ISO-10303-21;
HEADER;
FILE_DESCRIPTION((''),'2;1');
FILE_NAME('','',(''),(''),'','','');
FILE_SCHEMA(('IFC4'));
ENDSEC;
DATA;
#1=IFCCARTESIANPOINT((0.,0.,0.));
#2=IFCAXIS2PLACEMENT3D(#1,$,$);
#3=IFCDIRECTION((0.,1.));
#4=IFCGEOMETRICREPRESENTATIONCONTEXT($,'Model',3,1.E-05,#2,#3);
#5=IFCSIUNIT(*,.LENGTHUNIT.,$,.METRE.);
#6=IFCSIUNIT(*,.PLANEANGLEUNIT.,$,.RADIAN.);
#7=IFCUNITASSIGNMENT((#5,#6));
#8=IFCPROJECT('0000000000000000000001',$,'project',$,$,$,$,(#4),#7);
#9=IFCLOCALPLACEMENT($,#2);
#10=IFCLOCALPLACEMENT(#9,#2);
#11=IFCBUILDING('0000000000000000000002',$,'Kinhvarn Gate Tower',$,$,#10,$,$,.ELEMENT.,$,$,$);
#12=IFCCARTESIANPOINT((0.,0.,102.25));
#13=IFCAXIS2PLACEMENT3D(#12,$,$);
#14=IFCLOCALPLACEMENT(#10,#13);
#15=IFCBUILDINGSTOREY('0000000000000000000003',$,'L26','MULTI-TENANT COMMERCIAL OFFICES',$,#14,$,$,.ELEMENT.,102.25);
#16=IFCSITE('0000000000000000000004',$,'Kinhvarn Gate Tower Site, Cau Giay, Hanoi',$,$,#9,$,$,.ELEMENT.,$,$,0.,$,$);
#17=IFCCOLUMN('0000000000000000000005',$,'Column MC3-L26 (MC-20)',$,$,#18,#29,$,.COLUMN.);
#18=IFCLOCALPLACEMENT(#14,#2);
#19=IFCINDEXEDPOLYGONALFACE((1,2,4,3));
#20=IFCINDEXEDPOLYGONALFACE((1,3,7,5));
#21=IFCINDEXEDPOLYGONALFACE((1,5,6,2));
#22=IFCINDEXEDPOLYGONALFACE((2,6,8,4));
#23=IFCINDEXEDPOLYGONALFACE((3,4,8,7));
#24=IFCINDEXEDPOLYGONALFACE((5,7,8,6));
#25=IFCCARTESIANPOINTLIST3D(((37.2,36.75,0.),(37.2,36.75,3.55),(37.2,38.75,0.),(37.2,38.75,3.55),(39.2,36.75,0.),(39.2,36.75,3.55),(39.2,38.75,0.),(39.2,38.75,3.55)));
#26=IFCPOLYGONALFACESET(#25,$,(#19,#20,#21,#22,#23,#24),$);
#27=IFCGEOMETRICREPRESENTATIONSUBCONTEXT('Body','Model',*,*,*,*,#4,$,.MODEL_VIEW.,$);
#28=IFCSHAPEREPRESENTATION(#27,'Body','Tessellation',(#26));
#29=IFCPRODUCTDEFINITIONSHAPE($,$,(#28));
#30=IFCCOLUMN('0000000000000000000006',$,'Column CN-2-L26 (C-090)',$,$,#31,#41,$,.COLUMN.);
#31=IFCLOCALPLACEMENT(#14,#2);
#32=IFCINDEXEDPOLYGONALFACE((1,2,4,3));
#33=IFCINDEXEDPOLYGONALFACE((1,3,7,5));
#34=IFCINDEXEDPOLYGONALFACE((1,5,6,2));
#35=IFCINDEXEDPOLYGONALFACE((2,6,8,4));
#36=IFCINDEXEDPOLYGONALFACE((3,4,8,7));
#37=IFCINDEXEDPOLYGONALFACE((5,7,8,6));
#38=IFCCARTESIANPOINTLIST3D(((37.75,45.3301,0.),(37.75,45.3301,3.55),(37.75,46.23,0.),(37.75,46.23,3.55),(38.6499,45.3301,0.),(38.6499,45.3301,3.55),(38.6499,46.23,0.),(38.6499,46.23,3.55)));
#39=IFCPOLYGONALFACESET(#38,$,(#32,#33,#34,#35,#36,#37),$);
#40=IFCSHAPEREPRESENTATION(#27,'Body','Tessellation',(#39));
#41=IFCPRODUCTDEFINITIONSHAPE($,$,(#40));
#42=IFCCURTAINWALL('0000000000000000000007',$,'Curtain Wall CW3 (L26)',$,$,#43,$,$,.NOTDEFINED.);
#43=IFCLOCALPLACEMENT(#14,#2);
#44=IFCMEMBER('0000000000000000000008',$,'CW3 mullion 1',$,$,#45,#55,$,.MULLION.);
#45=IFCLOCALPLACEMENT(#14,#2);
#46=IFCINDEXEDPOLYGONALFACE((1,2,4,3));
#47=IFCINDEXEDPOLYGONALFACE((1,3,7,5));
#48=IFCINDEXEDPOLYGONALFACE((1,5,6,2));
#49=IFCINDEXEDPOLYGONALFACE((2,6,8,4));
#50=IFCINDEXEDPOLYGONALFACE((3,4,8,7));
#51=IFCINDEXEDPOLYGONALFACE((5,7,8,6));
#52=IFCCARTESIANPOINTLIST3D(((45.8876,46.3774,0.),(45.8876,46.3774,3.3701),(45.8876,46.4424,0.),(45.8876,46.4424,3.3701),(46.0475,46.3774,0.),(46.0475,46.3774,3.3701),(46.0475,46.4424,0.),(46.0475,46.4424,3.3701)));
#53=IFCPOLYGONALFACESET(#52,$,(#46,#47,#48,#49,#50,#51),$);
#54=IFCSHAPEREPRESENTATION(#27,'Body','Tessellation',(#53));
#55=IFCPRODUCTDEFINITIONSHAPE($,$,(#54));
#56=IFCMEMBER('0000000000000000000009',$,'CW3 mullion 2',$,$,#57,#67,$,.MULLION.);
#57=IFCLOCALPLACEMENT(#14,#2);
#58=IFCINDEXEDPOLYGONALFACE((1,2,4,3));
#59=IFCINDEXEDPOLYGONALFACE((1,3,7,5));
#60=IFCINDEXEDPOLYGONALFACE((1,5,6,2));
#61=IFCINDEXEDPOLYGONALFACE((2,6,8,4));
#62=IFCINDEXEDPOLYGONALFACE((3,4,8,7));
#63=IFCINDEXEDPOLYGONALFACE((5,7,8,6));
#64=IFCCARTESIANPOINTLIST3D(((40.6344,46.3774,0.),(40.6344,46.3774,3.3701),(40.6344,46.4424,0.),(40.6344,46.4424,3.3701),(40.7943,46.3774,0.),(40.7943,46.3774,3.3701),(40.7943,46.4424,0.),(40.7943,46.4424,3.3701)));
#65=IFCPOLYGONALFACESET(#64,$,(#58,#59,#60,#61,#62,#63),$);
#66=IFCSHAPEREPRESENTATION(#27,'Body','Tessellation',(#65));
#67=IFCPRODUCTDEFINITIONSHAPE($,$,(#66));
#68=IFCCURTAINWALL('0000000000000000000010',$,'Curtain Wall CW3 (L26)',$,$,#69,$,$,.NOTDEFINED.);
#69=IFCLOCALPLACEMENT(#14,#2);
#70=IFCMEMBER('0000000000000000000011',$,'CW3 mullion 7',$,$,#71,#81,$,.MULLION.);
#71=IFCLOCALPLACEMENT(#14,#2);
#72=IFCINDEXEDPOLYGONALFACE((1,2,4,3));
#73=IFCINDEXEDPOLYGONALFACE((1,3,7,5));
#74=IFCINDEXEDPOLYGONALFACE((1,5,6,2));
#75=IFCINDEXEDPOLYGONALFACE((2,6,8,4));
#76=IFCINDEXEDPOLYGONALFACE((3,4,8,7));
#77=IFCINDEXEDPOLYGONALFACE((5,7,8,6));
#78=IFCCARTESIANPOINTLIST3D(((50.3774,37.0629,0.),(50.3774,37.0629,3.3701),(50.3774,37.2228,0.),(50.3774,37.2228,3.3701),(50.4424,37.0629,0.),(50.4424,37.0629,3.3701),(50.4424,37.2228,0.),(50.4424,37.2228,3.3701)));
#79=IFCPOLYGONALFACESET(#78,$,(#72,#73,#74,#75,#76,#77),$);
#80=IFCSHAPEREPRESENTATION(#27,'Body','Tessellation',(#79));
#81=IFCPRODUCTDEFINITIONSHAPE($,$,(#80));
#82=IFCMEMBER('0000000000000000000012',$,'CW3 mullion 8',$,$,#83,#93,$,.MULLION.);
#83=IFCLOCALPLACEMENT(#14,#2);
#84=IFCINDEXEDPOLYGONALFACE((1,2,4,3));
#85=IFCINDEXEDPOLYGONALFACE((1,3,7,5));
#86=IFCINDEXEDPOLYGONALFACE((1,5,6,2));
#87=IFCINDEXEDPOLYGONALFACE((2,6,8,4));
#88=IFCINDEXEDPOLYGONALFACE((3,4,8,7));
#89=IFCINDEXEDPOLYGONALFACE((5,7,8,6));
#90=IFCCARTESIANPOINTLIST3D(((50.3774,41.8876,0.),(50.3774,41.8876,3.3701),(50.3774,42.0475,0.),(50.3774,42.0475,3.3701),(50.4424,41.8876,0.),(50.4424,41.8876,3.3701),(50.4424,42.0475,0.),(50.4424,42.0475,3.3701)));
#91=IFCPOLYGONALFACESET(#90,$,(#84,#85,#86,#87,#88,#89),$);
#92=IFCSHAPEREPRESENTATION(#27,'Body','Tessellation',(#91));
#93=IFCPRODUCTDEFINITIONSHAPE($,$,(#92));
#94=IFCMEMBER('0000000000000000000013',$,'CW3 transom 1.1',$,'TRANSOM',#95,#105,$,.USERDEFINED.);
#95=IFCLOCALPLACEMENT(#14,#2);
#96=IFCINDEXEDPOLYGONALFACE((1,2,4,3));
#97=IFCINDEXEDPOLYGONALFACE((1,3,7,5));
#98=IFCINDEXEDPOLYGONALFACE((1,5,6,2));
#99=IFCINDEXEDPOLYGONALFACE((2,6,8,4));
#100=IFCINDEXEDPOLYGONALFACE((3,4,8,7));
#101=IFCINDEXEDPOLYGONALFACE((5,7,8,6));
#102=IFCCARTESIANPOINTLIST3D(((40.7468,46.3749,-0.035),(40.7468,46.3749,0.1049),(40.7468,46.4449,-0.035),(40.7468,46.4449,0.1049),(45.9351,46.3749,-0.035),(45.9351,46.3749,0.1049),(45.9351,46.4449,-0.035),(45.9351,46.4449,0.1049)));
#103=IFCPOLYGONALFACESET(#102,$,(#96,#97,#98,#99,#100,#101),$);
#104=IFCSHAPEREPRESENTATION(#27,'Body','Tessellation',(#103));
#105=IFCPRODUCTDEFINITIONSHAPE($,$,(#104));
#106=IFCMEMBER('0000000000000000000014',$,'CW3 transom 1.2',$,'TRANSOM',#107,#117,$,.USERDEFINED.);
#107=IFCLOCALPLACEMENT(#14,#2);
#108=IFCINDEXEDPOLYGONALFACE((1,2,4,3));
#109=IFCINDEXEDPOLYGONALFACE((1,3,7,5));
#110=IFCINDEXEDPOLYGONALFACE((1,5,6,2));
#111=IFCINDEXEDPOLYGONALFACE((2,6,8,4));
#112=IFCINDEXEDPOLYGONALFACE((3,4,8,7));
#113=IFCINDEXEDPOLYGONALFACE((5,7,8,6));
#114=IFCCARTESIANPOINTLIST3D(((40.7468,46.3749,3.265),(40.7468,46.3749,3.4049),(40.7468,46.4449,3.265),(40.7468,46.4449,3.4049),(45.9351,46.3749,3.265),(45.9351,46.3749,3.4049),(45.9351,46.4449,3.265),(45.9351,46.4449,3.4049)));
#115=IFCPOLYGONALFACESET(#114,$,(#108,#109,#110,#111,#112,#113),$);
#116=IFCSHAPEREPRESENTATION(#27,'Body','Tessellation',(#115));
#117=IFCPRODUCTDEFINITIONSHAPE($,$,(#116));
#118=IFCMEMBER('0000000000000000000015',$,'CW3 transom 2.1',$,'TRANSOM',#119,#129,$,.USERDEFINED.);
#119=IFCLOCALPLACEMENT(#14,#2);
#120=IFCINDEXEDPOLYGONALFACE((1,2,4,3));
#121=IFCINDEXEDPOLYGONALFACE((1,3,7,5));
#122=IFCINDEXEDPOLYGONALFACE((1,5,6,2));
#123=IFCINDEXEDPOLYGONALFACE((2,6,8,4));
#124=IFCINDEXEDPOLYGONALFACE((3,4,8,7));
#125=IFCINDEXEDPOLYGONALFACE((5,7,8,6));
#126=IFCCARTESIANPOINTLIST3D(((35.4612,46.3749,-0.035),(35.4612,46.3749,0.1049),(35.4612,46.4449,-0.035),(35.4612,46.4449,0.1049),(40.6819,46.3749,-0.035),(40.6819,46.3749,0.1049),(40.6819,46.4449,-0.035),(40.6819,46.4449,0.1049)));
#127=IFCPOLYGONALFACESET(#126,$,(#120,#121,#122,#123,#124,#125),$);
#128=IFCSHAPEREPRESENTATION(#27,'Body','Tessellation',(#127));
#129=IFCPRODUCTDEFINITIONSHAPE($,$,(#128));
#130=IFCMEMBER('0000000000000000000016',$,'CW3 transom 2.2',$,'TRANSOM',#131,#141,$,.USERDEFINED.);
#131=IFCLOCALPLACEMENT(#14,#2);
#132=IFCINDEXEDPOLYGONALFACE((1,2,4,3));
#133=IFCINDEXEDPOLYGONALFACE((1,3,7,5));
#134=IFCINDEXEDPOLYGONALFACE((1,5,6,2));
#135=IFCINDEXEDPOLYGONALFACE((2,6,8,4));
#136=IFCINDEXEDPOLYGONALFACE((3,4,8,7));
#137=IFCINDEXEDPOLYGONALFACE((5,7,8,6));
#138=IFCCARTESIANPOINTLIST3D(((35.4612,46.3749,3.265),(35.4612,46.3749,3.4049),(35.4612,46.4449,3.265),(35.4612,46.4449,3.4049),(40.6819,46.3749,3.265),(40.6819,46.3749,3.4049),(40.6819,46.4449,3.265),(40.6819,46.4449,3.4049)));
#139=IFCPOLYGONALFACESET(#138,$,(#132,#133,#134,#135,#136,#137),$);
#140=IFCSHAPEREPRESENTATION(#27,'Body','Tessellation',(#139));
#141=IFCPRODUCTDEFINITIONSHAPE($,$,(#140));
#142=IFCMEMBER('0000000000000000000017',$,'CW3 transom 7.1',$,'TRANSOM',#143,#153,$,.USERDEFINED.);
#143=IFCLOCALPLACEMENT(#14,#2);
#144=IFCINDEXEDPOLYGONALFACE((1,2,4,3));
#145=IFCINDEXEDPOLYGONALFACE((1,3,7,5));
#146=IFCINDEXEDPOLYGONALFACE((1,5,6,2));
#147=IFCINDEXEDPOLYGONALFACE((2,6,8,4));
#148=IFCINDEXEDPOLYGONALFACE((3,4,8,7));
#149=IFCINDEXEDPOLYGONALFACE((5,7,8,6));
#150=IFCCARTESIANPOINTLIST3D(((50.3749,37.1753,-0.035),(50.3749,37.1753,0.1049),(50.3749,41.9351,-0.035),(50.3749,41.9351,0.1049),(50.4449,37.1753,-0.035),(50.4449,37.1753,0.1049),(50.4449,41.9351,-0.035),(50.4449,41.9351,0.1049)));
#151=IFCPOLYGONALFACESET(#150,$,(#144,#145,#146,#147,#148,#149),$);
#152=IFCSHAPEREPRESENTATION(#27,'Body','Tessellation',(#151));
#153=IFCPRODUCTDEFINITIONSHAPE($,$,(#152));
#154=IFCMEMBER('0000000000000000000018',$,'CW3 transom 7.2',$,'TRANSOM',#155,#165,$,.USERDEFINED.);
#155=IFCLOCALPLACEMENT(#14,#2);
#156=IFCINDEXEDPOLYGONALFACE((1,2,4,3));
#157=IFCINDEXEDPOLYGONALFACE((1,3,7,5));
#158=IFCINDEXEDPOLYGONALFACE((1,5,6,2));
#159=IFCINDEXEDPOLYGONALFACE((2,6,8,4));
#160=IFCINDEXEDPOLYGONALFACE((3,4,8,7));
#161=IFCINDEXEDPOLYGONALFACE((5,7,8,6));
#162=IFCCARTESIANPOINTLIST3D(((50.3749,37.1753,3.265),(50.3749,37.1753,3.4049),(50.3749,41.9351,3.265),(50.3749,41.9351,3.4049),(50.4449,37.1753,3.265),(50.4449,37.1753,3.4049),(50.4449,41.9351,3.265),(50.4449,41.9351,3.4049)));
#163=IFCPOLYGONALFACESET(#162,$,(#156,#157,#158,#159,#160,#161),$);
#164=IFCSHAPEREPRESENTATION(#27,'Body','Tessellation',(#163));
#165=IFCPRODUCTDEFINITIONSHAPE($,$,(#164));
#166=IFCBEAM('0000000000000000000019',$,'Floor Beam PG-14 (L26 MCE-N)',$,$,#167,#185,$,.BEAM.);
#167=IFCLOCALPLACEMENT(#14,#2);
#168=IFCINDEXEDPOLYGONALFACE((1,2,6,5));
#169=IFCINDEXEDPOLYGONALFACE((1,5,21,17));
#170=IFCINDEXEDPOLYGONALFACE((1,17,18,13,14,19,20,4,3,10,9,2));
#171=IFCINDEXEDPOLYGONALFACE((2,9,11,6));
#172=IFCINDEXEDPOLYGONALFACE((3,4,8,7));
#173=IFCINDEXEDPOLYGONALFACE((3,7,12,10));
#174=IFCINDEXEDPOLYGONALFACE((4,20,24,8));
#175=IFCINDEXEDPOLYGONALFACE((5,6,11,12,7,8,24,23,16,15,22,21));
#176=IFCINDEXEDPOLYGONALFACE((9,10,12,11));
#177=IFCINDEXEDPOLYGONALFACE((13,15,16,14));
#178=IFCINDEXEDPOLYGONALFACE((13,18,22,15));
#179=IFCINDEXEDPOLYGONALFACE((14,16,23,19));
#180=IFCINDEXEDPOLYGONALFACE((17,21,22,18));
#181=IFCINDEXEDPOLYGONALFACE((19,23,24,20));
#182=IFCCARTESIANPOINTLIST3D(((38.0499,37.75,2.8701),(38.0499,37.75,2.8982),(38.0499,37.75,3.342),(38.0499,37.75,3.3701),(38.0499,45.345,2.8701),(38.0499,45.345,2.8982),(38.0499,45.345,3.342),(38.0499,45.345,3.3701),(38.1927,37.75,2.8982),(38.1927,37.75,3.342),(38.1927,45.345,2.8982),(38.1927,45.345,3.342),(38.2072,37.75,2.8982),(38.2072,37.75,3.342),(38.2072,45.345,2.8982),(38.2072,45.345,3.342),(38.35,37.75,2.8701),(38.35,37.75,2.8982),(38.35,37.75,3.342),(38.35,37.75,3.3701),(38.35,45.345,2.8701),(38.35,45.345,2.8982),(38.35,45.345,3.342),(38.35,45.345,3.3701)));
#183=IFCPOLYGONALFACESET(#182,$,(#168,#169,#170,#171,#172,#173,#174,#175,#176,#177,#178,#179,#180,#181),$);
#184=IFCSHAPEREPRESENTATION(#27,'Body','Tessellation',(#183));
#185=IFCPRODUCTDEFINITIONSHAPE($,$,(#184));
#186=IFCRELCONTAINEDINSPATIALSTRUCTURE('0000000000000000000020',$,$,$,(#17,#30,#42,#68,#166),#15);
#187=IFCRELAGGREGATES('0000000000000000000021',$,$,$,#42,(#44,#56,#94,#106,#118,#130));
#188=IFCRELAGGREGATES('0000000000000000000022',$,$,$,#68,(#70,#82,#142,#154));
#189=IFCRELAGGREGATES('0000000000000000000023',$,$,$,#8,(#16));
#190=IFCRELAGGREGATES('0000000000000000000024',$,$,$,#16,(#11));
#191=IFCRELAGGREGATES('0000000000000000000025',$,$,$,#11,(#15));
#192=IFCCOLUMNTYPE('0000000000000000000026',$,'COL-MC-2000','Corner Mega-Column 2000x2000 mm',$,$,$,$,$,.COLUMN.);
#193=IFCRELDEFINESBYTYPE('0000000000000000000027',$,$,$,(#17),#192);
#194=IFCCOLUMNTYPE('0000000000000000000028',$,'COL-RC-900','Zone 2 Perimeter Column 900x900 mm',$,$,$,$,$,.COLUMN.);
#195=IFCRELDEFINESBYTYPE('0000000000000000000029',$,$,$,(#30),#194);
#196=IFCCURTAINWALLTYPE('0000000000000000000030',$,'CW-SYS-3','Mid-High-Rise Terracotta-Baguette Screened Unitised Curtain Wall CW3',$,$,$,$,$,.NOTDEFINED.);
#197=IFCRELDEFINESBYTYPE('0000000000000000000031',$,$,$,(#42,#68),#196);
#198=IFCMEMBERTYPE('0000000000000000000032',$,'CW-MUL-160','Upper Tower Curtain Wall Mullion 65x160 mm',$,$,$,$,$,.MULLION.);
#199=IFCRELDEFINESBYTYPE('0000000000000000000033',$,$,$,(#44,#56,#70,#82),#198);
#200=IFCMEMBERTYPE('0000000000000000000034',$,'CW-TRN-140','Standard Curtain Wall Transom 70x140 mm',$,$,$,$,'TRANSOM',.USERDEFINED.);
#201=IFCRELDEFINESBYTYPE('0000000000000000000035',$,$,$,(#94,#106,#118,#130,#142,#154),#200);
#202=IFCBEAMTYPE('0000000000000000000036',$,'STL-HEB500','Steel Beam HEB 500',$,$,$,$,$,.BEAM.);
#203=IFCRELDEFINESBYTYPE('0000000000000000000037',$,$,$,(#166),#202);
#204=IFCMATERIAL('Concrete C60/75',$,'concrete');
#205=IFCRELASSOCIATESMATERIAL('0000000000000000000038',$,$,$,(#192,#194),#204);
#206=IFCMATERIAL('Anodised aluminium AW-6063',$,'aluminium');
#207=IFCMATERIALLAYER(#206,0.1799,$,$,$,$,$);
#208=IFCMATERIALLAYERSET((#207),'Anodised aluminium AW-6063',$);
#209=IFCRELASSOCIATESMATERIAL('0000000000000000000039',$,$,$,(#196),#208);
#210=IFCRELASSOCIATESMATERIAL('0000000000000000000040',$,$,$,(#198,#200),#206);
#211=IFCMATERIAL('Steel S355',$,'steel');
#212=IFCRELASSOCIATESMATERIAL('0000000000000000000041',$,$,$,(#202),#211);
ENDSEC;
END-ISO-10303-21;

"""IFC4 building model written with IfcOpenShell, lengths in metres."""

from ifc_helpers import new_model, si_unit, direction, frame, origin, origin_2d, place, context, subcontext, project, spatial, rectangle, i_section, extrude, material, layer, layer_set, material_profile, profile_set, type_object, element, aggregate, save


model = new_model("IFC4")

# Units and contexts
model_context = context("Model", 3, precision=1e-05, world=origin(), true_north=direction((0.0, 1.0)))
body_context = subcontext(model_context, "Body", "Model", "MODEL_VIEW")
ifc_project = project(units=[si_unit("LENGTHUNIT", "METRE"), si_unit("PLANEANGLEUNIT", "RADIAN")], contexts=[model_context])

# Site, building, storey
site_placement = place(None, origin())
site = spatial("IfcSite", under=ifc_project, at=site_placement, Name="Kinhvarn Gate Tower Site, Cau Giay, Hanoi", CompositionType="ELEMENT", RefElevation=0.0)
building_placement = place(site_placement, origin())
building = spatial("IfcBuilding", under=site, at=building_placement, Name="Kinhvarn Gate Tower", CompositionType="ELEMENT")
storey_placement = place(building_placement, frame((0.0, 0.0, 102.25)))
storey = spatial("IfcBuildingStorey", under=building, at=storey_placement, Name="L26", Description="MULTI-TENANT COMMERCIAL OFFICES", CompositionType="ELEMENT", Elevation=102.25)

# Columns
ifc_material_1 = material(Name="Concrete C60/75", Category="concrete")
ifc_material_profile_1 = material_profile(ifc_material_1, rectangle(XDim=2.0, YDim=2.0, at=origin_2d()), Name="RC 2000x2000")
ifc_profile_set_1 = profile_set([ifc_material_profile_1], Name="Concrete C60/75")
column_type_1 = type_object("IfcColumnType", Name="COL-MC-2000", Description="Corner Mega-Column 2000x2000 mm", PredefinedType="COLUMN", material=ifc_profile_set_1)
column_1_placement = place(storey_placement, frame((38.2, 37.75, 0.0), z_axis=(0.0, 0.0, 1.0), x_axis=(1.0, 0.0, 0.0)))
element("IfcColumn", 1, at=column_1_placement, inside=storey, type_object=column_type_1, Name="Column MC3-L26 (MC-20)", PredefinedType="COLUMN", context=body_context, shape_type="SweptSolid", body=[
    extrude(rectangle(XDim=2.0, YDim=2.0, at=origin_2d()), origin(), (0.0, 0.0, 1.0), 3.55),
])
ifc_material_profile_2 = material_profile(ifc_material_1, rectangle(XDim=0.8999, YDim=0.8999, at=origin_2d()), Name="RC 900x900")
ifc_profile_set_2 = profile_set([ifc_material_profile_2], Name="Concrete C60/75")
column_type_2 = type_object("IfcColumnType", Name="COL-RC-900", Description="Zone 2 Perimeter Column 900x900 mm", PredefinedType="COLUMN", material=ifc_profile_set_2)
column_2_placement = place(storey_placement, frame((38.2, 45.78, 0.0), z_axis=(0.0, 0.0, 1.0), x_axis=(1.0, 0.0, 0.0)))
element("IfcColumn", 2, at=column_2_placement, inside=storey, type_object=column_type_2, Name="Column CN-2-L26 (C-090)", PredefinedType="COLUMN", context=body_context, shape_type="SweptSolid", body=[
    extrude(rectangle(XDim=0.8999, YDim=0.8999, at=origin_2d()), origin(), (0.0, 0.0, 1.0), 3.55),
])

# Curtain walls, members
ifc_material_2 = material(Name="Anodised aluminium AW-6063", Category="aluminium")
ifc_layer_1 = layer(ifc_material_2, 0.1799)
ifc_layer_set_1 = layer_set([ifc_layer_1], Name="Anodised aluminium AW-6063")
curtain_wall_type = type_object("IfcCurtainWallType", Name="CW-SYS-3", Description="Mid-High-Rise Terracotta-Baguette Screened Unitised Curtain Wall CW3", PredefinedType="NOTDEFINED", material=ifc_layer_set_1)
curtain_wall_1_placement = place(storey_placement, origin())
curtain_wall_1 = element("IfcCurtainWall", 3, at=curtain_wall_1_placement, inside=storey, type_object=curtain_wall_type, Name="Curtain Wall CW3 (L26)", PredefinedType="NOTDEFINED")
ifc_material_profile_3 = material_profile(ifc_material_2, rectangle(XDim=0.0649, YDim=0.1599, at=origin_2d()), Name="ALU 65x160")
ifc_profile_set_3 = profile_set([ifc_material_profile_3], Name="Anodised aluminium AW-6063")
member_type_1 = type_object("IfcMemberType", Name="CW-MUL-160", Description="Upper Tower Curtain Wall Mullion 65x160 mm", PredefinedType="MULLION", material=ifc_profile_set_3)
member_1_placement = place(storey_placement, frame((45.9675, 46.4099, 0.0), z_axis=(0.0, 0.0, 1.0), x_axis=(0.0, -1.0, 0.0)))
member_1 = element("IfcMember", 4, at=member_1_placement, type_object=member_type_1, Name="CW3 mullion 1", PredefinedType="MULLION", context=body_context, shape_type="SweptSolid", body=[
    extrude(rectangle(XDim=0.0649, YDim=0.1599, at=origin_2d()), origin(), (0.0, 0.0, 1.0), 3.3701),
])
member_2_placement = place(storey_placement, frame((40.7144, 46.4099, 0.0), z_axis=(0.0, 0.0, 1.0), x_axis=(0.0, -1.0, 0.0)))
member_2 = element("IfcMember", 5, at=member_2_placement, type_object=member_type_1, Name="CW3 mullion 2", PredefinedType="MULLION", context=body_context, shape_type="SweptSolid", body=[
    extrude(rectangle(XDim=0.0649, YDim=0.1599, at=origin_2d()), origin(), (0.0, 0.0, 1.0), 3.3701),
])
curtain_wall_2_placement = place(storey_placement, origin())
curtain_wall_2 = element("IfcCurtainWall", 6, at=curtain_wall_2_placement, inside=storey, type_object=curtain_wall_type, Name="Curtain Wall CW3 (L26)", PredefinedType="NOTDEFINED")
member_3_placement = place(storey_placement, frame((50.4099, 37.1428, 0.0), z_axis=(0.0, 0.0, 1.0), x_axis=(-1.0, 0.0, 0.0)))
member_3 = element("IfcMember", 7, at=member_3_placement, type_object=member_type_1, Name="CW3 mullion 7", PredefinedType="MULLION", context=body_context, shape_type="SweptSolid", body=[
    extrude(rectangle(XDim=0.0649, YDim=0.1599, at=origin_2d()), origin(), (0.0, 0.0, 1.0), 3.3701),
])
member_4_placement = place(storey_placement, frame((50.4099, 41.9675, 0.0), z_axis=(0.0, 0.0, 1.0), x_axis=(-1.0, 0.0, 0.0)))
member_4 = element("IfcMember", 8, at=member_4_placement, type_object=member_type_1, Name="CW3 mullion 8", PredefinedType="MULLION", context=body_context, shape_type="SweptSolid", body=[
    extrude(rectangle(XDim=0.0649, YDim=0.1599, at=origin_2d()), origin(), (0.0, 0.0, 1.0), 3.3701),
])

# Members
ifc_material_profile_4 = material_profile(ifc_material_2, rectangle(XDim=0.0701, YDim=0.1399, at=origin_2d()), Name="ALU 70x140")
ifc_profile_set_4 = profile_set([ifc_material_profile_4], Name="Anodised aluminium AW-6063")
member_type_2 = type_object("IfcMemberType", Name="CW-TRN-140", Description="Standard Curtain Wall Transom 70x140 mm", ElementType="TRANSOM", PredefinedType="USERDEFINED", material=ifc_profile_set_4)
member_5_placement = place(storey_placement, frame((45.9351, 46.4099, 0.0349), z_axis=(-1.0, 0.0, 0.0), x_axis=(0.0, -1.0, 0.0)))
member_5 = element("IfcMember", 9, at=member_5_placement, type_object=member_type_2, Name="CW3 transom 1.1", ObjectType="TRANSOM", PredefinedType="USERDEFINED", context=body_context, shape_type="SweptSolid", body=[
    extrude(rectangle(XDim=0.0701, YDim=0.1399, at=origin_2d()), origin(), (0.0, 0.0, 1.0), 5.1882),
])
member_6_placement = place(storey_placement, frame((45.9351, 46.4099, 3.335), z_axis=(-1.0, 0.0, 0.0), x_axis=(0.0, -1.0, 0.0)))
member_6 = element("IfcMember", 10, at=member_6_placement, type_object=member_type_2, Name="CW3 transom 1.2", ObjectType="TRANSOM", PredefinedType="USERDEFINED", context=body_context, shape_type="SweptSolid", body=[
    extrude(rectangle(XDim=0.0701, YDim=0.1399, at=origin_2d()), origin(), (0.0, 0.0, 1.0), 5.1882),
])
member_7_placement = place(storey_placement, frame((40.6819, 46.4099, 0.0349), z_axis=(-1.0, 0.0, 0.0), x_axis=(0.0, -1.0, 0.0)))
member_7 = element("IfcMember", 11, at=member_7_placement, type_object=member_type_2, Name="CW3 transom 2.1", ObjectType="TRANSOM", PredefinedType="USERDEFINED", context=body_context, shape_type="SweptSolid", body=[
    extrude(rectangle(XDim=0.0701, YDim=0.1399, at=origin_2d()), origin(), (0.0, 0.0, 1.0), 5.2207),
])
member_8_placement = place(storey_placement, frame((40.6819, 46.4099, 3.335), z_axis=(-1.0, 0.0, 0.0), x_axis=(0.0, -1.0, 0.0)))
member_8 = element("IfcMember", 12, at=member_8_placement, type_object=member_type_2, Name="CW3 transom 2.2", ObjectType="TRANSOM", PredefinedType="USERDEFINED", context=body_context, shape_type="SweptSolid", body=[
    extrude(rectangle(XDim=0.0701, YDim=0.1399, at=origin_2d()), origin(), (0.0, 0.0, 1.0), 5.2207),
])
member_9_placement = place(storey_placement, frame((50.4099, 37.1753, 0.0349), z_axis=(0.0, 1.0, 0.0), x_axis=(-1.0, 0.0, 0.0)))
member_9 = element("IfcMember", 13, at=member_9_placement, type_object=member_type_2, Name="CW3 transom 7.1", ObjectType="TRANSOM", PredefinedType="USERDEFINED", context=body_context, shape_type="SweptSolid", body=[
    extrude(rectangle(XDim=0.0701, YDim=0.1399, at=origin_2d()), origin(), (0.0, 0.0, 1.0), 4.7598),
])
member_10_placement = place(storey_placement, frame((50.4099, 37.1753, 3.335), z_axis=(0.0, 1.0, 0.0), x_axis=(-1.0, 0.0, 0.0)))
member_10 = element("IfcMember", 14, at=member_10_placement, type_object=member_type_2, Name="CW3 transom 7.2", ObjectType="TRANSOM", PredefinedType="USERDEFINED", context=body_context, shape_type="SweptSolid", body=[
    extrude(rectangle(XDim=0.0701, YDim=0.1399, at=origin_2d()), origin(), (0.0, 0.0, 1.0), 4.7598),
])

# Beam
ifc_material_3 = material(Name="Steel S355", Category="steel")
ifc_material_profile_5 = material_profile(ifc_material_3, i_section(OverallWidth=0.3, OverallDepth=0.5, WebThickness=0.0144, FlangeThickness=0.0281, at=origin_2d()), Name="HEB 500")
ifc_profile_set_5 = profile_set([ifc_material_profile_5], Name="Steel S355")
beam_type = type_object("IfcBeamType", Name="STL-HEB500", Description="Steel Beam HEB 500", PredefinedType="BEAM", material=ifc_profile_set_5)
beam_placement = place(storey_placement, frame((38.2, 37.75, 3.1201), z_axis=(0.0, 1.0, 0.0), x_axis=(-1.0, 0.0, 0.0)))
element("IfcBeam", 15, at=beam_placement, inside=storey, type_object=beam_type, Name="Floor Beam PG-14 (L26 MCE-N)", PredefinedType="BEAM", context=body_context, shape_type="SweptSolid", body=[
    extrude(i_section(OverallWidth=0.3, OverallDepth=0.5, WebThickness=0.0144, FlangeThickness=0.0281, at=origin_2d()), origin(), (0.0, 0.0, 1.0), 7.595),
])

aggregate(curtain_wall_1, [member_1, member_2, member_5, member_6, member_7, member_8])
aggregate(curtain_wall_2, [member_3, member_4, member_9, member_10])

save(model, "model.ifc")
